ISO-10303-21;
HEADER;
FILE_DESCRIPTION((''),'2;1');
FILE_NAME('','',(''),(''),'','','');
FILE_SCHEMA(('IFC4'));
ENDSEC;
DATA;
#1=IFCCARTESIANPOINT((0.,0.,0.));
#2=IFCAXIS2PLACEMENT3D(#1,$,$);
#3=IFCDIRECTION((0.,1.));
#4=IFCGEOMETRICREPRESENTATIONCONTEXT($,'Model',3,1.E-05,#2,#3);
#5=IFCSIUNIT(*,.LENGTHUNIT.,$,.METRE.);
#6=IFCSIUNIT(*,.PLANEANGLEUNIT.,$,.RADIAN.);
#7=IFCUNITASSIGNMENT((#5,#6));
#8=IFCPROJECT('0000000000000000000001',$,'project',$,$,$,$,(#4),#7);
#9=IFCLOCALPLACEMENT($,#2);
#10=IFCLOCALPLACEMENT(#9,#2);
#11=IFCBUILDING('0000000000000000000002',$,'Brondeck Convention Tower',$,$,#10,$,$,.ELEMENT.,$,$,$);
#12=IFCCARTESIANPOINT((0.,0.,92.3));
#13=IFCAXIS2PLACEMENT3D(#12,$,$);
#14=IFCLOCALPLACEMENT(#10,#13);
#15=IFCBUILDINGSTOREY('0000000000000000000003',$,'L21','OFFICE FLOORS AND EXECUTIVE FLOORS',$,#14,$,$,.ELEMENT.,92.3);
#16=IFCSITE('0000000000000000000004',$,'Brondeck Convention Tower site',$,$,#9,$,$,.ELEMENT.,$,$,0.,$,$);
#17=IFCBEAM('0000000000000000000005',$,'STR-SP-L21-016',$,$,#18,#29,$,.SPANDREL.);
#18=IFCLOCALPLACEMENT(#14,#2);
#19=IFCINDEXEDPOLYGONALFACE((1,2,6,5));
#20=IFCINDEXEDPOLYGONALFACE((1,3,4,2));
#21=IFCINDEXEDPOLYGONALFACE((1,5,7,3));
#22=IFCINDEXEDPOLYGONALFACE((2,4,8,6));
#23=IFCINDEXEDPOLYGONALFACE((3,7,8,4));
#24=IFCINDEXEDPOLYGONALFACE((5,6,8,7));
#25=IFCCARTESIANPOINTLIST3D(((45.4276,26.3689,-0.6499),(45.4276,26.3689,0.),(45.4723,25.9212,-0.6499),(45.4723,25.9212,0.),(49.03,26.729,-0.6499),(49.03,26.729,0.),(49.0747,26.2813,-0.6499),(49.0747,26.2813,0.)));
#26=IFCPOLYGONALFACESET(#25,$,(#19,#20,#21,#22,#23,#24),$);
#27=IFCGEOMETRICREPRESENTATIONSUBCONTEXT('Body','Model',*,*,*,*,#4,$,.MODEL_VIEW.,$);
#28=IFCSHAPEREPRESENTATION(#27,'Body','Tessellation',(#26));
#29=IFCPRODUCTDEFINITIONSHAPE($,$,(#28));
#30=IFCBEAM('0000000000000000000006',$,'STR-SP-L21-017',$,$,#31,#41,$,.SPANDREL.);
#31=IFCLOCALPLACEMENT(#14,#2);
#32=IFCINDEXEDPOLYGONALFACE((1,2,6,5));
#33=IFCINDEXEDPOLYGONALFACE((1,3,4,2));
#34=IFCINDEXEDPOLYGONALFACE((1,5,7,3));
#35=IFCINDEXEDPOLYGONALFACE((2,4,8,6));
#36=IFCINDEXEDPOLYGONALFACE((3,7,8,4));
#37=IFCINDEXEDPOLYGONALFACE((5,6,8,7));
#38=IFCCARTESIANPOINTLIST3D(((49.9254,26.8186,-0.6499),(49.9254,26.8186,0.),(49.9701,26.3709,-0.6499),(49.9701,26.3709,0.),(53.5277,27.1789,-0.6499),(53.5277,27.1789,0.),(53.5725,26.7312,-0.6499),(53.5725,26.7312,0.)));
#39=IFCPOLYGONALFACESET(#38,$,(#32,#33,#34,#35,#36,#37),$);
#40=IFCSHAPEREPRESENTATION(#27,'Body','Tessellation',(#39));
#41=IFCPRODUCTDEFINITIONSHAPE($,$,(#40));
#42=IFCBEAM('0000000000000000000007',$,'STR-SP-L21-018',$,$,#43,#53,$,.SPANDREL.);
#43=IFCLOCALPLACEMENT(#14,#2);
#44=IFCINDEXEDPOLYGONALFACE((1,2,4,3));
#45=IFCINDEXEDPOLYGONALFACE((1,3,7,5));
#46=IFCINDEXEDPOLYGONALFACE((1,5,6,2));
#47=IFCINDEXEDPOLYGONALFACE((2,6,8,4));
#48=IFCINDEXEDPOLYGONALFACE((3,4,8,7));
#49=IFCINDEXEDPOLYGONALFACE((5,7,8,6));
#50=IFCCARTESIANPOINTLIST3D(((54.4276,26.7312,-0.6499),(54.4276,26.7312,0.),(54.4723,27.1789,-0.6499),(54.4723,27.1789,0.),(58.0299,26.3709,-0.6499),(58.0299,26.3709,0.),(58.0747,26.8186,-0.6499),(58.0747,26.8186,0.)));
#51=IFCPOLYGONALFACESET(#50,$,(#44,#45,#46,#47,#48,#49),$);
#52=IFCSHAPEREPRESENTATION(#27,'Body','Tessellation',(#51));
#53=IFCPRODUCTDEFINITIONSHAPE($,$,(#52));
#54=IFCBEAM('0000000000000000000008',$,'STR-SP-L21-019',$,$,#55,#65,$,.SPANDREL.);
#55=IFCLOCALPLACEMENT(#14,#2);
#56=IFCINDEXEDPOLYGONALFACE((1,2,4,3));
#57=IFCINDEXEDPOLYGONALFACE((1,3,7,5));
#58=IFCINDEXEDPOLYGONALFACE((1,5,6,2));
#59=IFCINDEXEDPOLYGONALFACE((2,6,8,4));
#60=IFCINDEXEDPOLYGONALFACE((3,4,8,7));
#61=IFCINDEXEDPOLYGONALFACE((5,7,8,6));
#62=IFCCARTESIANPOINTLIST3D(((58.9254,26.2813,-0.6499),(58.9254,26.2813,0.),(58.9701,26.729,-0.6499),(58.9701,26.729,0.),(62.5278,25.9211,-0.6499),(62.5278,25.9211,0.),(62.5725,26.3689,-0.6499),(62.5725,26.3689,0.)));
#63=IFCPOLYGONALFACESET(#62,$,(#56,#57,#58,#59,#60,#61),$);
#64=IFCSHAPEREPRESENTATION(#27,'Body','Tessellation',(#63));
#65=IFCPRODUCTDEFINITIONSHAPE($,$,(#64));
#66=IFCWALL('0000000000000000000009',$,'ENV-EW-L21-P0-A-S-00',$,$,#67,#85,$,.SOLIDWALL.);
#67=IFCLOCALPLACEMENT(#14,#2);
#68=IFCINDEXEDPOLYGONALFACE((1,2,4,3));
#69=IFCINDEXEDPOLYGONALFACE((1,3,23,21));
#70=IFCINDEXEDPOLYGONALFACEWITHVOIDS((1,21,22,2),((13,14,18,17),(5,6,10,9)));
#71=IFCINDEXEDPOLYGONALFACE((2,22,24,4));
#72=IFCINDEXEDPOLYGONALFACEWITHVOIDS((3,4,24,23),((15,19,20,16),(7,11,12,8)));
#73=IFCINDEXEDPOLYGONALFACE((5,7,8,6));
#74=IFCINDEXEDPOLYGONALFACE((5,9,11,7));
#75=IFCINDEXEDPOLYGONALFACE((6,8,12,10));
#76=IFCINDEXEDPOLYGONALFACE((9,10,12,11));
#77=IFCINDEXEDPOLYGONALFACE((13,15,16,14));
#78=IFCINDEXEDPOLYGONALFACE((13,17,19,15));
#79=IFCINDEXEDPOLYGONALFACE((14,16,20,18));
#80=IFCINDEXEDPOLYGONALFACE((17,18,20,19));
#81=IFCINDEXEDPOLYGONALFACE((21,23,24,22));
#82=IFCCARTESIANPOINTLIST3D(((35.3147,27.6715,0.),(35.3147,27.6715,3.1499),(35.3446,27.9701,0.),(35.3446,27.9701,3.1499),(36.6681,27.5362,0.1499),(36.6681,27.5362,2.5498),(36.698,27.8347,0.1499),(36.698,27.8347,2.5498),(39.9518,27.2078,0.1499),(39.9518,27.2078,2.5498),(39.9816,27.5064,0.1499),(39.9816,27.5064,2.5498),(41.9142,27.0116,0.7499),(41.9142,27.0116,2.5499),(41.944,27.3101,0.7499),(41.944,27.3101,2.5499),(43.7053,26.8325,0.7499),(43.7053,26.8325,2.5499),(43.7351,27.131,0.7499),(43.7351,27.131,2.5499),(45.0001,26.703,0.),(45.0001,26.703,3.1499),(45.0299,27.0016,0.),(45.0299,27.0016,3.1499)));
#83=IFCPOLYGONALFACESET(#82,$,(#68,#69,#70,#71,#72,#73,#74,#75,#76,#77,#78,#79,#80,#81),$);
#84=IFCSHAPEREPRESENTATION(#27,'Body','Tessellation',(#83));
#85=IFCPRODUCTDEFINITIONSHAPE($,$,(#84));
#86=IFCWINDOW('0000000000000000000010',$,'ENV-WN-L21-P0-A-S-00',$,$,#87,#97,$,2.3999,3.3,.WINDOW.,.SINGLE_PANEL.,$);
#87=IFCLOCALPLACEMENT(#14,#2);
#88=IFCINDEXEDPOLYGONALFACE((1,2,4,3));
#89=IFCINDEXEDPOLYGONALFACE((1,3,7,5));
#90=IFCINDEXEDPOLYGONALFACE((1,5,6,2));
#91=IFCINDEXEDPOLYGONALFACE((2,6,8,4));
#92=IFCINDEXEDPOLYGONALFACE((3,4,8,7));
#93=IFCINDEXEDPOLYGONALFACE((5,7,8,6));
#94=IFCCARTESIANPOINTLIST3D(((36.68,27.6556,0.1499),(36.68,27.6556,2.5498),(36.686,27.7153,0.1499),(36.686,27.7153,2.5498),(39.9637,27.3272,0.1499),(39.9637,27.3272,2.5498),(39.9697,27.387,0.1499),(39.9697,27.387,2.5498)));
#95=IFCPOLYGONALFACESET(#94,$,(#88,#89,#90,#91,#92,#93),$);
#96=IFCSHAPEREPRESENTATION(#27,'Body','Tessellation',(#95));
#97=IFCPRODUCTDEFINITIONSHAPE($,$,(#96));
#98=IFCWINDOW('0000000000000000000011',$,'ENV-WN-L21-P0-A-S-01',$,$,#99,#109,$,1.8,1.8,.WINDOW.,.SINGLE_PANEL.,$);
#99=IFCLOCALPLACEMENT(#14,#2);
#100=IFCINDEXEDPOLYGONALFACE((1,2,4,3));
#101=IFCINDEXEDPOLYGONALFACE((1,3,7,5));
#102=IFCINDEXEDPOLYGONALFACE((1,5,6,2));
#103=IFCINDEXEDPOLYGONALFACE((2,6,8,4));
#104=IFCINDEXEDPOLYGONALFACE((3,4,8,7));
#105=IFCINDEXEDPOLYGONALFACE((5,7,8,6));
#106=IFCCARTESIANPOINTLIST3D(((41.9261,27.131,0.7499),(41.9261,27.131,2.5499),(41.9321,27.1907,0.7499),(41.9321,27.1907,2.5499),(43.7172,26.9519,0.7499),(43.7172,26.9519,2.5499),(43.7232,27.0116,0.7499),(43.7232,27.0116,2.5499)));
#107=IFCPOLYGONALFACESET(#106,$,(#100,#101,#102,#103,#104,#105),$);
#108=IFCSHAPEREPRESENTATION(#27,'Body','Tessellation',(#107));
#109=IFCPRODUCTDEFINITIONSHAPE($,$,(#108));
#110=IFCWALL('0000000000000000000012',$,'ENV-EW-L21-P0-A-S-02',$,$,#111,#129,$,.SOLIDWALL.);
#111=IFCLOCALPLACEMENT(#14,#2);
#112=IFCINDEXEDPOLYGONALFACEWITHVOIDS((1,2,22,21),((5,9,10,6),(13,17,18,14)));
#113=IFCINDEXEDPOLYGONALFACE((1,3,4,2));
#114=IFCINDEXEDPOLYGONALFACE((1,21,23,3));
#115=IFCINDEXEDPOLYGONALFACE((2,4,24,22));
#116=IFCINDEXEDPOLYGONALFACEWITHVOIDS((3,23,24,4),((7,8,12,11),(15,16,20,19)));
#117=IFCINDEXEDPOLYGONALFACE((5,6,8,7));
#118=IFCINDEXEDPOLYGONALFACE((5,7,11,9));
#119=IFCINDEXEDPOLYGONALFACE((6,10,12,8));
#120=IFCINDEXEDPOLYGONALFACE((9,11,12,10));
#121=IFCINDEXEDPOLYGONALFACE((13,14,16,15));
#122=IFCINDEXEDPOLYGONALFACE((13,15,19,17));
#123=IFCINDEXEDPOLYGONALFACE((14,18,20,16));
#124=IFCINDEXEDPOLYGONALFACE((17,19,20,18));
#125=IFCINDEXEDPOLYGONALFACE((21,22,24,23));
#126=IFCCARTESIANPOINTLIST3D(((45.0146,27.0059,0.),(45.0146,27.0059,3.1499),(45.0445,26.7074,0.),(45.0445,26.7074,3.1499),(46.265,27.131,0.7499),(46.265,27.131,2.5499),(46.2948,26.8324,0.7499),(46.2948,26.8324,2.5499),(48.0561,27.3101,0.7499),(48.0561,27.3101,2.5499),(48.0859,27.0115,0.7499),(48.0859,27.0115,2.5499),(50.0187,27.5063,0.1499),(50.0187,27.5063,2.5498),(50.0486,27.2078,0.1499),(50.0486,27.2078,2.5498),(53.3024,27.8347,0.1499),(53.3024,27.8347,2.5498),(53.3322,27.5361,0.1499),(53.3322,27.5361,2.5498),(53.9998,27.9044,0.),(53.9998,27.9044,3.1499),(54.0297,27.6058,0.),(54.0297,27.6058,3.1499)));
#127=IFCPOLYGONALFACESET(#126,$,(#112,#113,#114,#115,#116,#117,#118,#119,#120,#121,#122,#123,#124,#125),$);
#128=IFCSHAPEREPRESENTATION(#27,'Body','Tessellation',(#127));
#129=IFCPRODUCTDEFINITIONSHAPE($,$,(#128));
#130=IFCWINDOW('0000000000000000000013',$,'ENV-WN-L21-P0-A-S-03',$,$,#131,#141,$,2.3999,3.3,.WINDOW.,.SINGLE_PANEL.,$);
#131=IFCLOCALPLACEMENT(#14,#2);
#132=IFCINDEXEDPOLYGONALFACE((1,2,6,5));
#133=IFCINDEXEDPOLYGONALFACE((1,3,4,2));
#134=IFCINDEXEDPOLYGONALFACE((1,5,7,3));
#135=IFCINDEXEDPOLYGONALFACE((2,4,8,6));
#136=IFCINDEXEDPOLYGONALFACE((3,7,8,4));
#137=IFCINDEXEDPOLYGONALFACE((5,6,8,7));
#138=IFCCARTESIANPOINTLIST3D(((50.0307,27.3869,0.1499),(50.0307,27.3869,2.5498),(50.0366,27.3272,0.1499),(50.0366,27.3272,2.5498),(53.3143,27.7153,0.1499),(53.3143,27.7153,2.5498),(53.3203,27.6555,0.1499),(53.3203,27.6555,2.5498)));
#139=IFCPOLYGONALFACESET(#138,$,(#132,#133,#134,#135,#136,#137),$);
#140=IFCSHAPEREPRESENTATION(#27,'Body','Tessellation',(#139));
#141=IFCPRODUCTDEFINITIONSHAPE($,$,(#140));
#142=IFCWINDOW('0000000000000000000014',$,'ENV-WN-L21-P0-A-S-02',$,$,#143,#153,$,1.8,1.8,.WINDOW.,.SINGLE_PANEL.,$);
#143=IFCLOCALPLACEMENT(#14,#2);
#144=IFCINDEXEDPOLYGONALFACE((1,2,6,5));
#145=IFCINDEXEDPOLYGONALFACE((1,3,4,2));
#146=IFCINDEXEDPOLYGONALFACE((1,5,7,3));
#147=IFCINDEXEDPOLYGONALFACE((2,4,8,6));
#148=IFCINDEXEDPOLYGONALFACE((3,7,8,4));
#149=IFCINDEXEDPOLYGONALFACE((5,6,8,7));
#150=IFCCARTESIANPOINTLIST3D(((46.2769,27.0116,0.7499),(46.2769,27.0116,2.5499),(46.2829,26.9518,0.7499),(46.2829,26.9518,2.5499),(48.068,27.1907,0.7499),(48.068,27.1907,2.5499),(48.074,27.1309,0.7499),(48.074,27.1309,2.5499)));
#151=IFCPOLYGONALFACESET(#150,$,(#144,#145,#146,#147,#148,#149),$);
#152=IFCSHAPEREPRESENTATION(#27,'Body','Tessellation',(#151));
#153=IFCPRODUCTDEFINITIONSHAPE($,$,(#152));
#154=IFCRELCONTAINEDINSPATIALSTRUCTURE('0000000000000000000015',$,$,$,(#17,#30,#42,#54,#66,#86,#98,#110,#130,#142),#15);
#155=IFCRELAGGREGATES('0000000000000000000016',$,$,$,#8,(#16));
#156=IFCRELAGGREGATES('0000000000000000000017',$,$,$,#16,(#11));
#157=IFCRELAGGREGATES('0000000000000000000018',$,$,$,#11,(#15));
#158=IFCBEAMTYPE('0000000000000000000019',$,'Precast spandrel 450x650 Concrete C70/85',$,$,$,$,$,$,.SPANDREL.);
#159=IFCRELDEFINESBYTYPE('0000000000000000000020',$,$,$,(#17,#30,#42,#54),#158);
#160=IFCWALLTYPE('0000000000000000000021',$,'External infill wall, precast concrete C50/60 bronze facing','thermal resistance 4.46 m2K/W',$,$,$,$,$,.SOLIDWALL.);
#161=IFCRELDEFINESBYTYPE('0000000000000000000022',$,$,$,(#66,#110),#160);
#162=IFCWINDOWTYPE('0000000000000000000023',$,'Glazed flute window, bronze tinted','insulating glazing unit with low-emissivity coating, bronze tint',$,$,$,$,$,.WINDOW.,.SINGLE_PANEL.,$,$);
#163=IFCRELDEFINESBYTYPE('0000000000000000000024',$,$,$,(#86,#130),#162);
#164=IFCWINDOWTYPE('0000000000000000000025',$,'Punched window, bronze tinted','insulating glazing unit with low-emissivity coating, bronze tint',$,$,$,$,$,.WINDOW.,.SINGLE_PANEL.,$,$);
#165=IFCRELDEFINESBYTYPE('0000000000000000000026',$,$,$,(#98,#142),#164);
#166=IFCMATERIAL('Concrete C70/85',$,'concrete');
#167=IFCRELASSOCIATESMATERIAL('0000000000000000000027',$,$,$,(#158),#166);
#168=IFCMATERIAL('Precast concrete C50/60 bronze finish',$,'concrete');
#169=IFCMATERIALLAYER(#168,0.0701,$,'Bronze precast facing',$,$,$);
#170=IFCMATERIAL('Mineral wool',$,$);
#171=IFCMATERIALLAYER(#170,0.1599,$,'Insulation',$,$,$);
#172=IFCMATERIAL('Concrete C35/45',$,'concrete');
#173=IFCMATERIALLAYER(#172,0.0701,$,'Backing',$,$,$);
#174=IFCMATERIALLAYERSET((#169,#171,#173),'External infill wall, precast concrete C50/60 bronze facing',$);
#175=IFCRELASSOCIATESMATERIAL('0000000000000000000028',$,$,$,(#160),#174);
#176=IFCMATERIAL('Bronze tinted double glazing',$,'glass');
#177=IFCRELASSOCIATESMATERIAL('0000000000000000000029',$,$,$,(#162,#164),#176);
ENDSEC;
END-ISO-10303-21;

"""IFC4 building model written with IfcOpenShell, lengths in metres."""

from ifc_helpers import new_model, si_unit, direction, frame, frame_2d, origin, origin_2d, place, context, subcontext, project, spatial, rectangle, extrude, material, layer, layer_set, material_profile, profile_set, type_object, element, fill, save


model = new_model("IFC4")

# Units and contexts
model_context = context("Model", 3, precision=1e-05, world=origin(), true_north=direction((0.0, 1.0)))
body_context = subcontext(model_context, "Body", "Model", "MODEL_VIEW")
ifc_project = project(units=[si_unit("LENGTHUNIT", "METRE"), si_unit("PLANEANGLEUNIT", "RADIAN")], contexts=[model_context])

# Site, building, storey
site_placement = place(None, origin())
site = spatial("IfcSite", under=ifc_project, at=site_placement, Name="Brondeck Convention Tower site", CompositionType="ELEMENT", RefElevation=0.0)
building_placement = place(site_placement, origin())
building = spatial("IfcBuilding", under=site, at=building_placement, Name="Brondeck Convention Tower", CompositionType="ELEMENT")
storey_placement = place(building_placement, frame((0.0, 0.0, 92.3)))
storey = spatial("IfcBuildingStorey", under=building, at=storey_placement, Name="L21", Description="OFFICE FLOORS AND EXECUTIVE FLOORS", CompositionType="ELEMENT", Elevation=92.3)

# Shared definitions
ifc_material_1 = material(Name="Concrete C70/85", Category="concrete")

# Beams
ifc_material_profile_1 = material_profile(ifc_material_1, rectangle(XDim=0.45, YDim=0.6499, at=origin_2d()), Name="Precast spandrel 450x650 Concrete C70/85")
ifc_profile_set_1 = profile_set([ifc_material_profile_1], Name="Concrete C70/85")
beam_type_1 = type_object("IfcBeamType", Name="Precast spandrel 450x650 Concrete C70/85", PredefinedType="SPANDREL", material=ifc_profile_set_1)
for number, where, z_axis, x_axis, name in (
    (1, (45.45, 26.145, -0.325), (0.995041, 0.09947, 0.0), (-0.09947, 0.995041, 0.0), "STR-SP-L21-016"),
    (2, (49.9478, 26.5947, -0.325), (0.995034, 0.099537, 0.0), (-0.099537, 0.995034, 0.0), "STR-SP-L21-017"),
    (3, (54.45, 26.9551, -0.325), (0.995034, -0.099537, 0.0), (0.099537, 0.995034, 0.0), "STR-SP-L21-018"),
    (4, (58.9478, 26.5051, -0.325), (0.995041, -0.09947, 0.0), (0.09947, 0.995041, 0.0), "STR-SP-L21-019"),
):
    element("IfcBeam", number, at=place(storey_placement, frame(where, z_axis=z_axis, x_axis=x_axis)), inside=storey, type_object=beam_type_1, Name=name, PredefinedType="SPANDREL", context=body_context, shape_type="SweptSolid", body=[
        extrude(rectangle(XDim=0.45, YDim=0.6499, at=origin_2d()), origin(), (0.0, 0.0, 1.0), 3.6204),
    ])

# Walls, openings, windows
ifc_material_2 = material(Name="Precast concrete C50/60 bronze finish", Category="concrete")
ifc_layer_1 = layer(ifc_material_2, 0.0701, Name="Bronze precast facing")
ifc_material_3 = material(Name="Mineral wool")
ifc_layer_2 = layer(ifc_material_3, 0.1599, Name="Insulation")
ifc_material_4 = material(Name="Concrete C35/45", Category="concrete")
ifc_layer_3 = layer(ifc_material_4, 0.0701, Name="Backing")
ifc_layer_set_1 = layer_set([ifc_layer_1, ifc_layer_2, ifc_layer_3], Name="External infill wall, precast concrete C50/60 bronze facing")
wall_type_1 = type_object("IfcWallType", Name="External infill wall, precast concrete C50/60 bronze facing", Description="thermal resistance 4.46 m2K/W", PredefinedType="SOLIDWALL", material=ifc_layer_set_1)
wall_1_placement = place(storey_placement, frame((45.0149, 26.8523, 0.0), z_axis=(0.0, 0.0, 1.0), x_axis=(-0.995037, 0.099501, 0.0)))
wall_1 = element("IfcWall", 5, at=wall_1_placement, inside=storey, type_object=wall_type_1, Name="ENV-EW-L21-P0-A-S-00", PredefinedType="SOLIDWALL", context=body_context, shape_type="SweptSolid", body=[
    extrude(rectangle(XDim=9.7336, YDim=0.3, at=frame_2d((4.8667, 0.0))), origin(), (0.0, 0.0, 1.0), 3.1499),
])
opening_1_placement = place(wall_1_placement, frame((1.3013, 0.0, 0.75)))
opening_1 = element("IfcOpeningElement", 6, at=opening_1_placement, cuts=wall_1, PredefinedType="OPENING", context=body_context, shape_type="SweptSolid", body=[
    extrude(rectangle(XDim=1.8, YDim=1.8, at=frame_2d((0.8999, 0.8999))), frame((0.0, 0.1599, 0.0), z_axis=(0.0, -1.0, 0.0), x_axis=(1.0, 0.0, 0.0)), (0.0, 0.0, 1.0), 0.3201),
])
opening_2_placement = place(wall_1_placement, frame((5.0735, 0.0, 0.1499)))
opening_2 = element("IfcOpeningElement", 7, at=opening_2_placement, cuts=wall_1, PredefinedType="OPENING", context=body_context, shape_type="SweptSolid", body=[
    extrude(rectangle(XDim=3.3, YDim=2.3999, at=frame_2d((1.6499, 1.2))), frame((0.0, 0.1599, 0.0), z_axis=(0.0, -1.0, 0.0), x_axis=(1.0, 0.0, 0.0)), (0.0, 0.0, 1.0), 0.3201),
])
ifc_material_5 = material(Name="Bronze tinted double glazing", Category="glass")
window_type_1 = type_object("IfcWindowType", Name="Glazed flute window, bronze tinted", Description="insulating glazing unit with low-emissivity coating, bronze tint", PartitioningType="SINGLE_PANEL", PredefinedType="WINDOW", material=ifc_material_5)
window_1_placement = place(opening_2_placement, origin())
window_1 = element("IfcWindow", 8, at=window_1_placement, inside=storey, type_object=window_type_1, Name="ENV-WN-L21-P0-A-S-00", OverallHeight=2.3999, OverallWidth=3.3, PartitioningType="SINGLE_PANEL", PredefinedType="WINDOW", context=body_context, shape_type="SweptSolid", body=[
    extrude(rectangle(XDim=3.3, YDim=2.3999, at=frame_2d((1.6499, 1.2))), frame((0.0, 0.03, 0.0), z_axis=(0.0, -1.0, 0.0), x_axis=(1.0, 0.0, 0.0)), (0.0, 0.0, 1.0), 0.0601),
])
fill(opening_2, window_1)
window_type_2 = type_object("IfcWindowType", Name="Punched window, bronze tinted", Description="insulating glazing unit with low-emissivity coating, bronze tint", PartitioningType="SINGLE_PANEL", PredefinedType="WINDOW", material=ifc_material_5)
window_2_placement = place(opening_1_placement, origin())
window_2 = element("IfcWindow", 9, at=window_2_placement, inside=storey, type_object=window_type_2, Name="ENV-WN-L21-P0-A-S-01", OverallHeight=1.8, OverallWidth=1.8, PartitioningType="SINGLE_PANEL", PredefinedType="WINDOW", context=body_context, shape_type="SweptSolid", body=[
    extrude(rectangle(XDim=1.8, YDim=1.8, at=frame_2d((0.8999, 0.8999))), frame((0.0, 0.03, 0.0), z_axis=(0.0, -1.0, 0.0), x_axis=(1.0, 0.0, 0.0)), (0.0, 0.0, 1.0), 0.0601),
])
fill(opening_1, window_2)
wall_2_placement = place(storey_placement, frame((54.0149, 27.7551, 0.0), z_axis=(0.0, 0.0, 1.0), x_axis=(-0.995038, -0.099496, 0.0)))
wall_2 = element("IfcWall", 10, at=wall_2_placement, inside=storey, type_object=wall_type_1, Name="ENV-EW-L21-P0-A-S-02", PredefinedType="SOLIDWALL", context=body_context, shape_type="SweptSolid", body=[
    extrude(rectangle(XDim=9.03, YDim=0.3, at=frame_2d((4.5151, 0.0))), origin(), (0.0, 0.0, 1.0), 3.1499),
])
opening_3_placement = place(wall_2_placement, frame((0.7012, 0.0, 0.1499)))
opening_3 = element("IfcOpeningElement", 11, at=opening_3_placement, cuts=wall_2, PredefinedType="OPENING", context=body_context, shape_type="SweptSolid", body=[
    extrude(rectangle(XDim=3.3, YDim=2.3999, at=frame_2d((1.6499, 1.2))), frame((0.0, 0.1599, 0.0), z_axis=(0.0, -1.0, 0.0), x_axis=(1.0, 0.0, 0.0)), (0.0, 0.0, 1.0), 0.3201),
])
opening_4_placement = place(wall_2_placement, frame((5.9736, 0.0, 0.75)))
opening_4 = element("IfcOpeningElement", 12, at=opening_4_placement, cuts=wall_2, PredefinedType="OPENING", context=body_context, shape_type="SweptSolid", body=[
    extrude(rectangle(XDim=1.8, YDim=1.8, at=frame_2d((0.8999, 0.8999))), frame((0.0, 0.1599, 0.0), z_axis=(0.0, -1.0, 0.0), x_axis=(1.0, 0.0, 0.0)), (0.0, 0.0, 1.0), 0.3201),
])
window_3_placement = place(opening_3_placement, origin())
window_3 = element("IfcWindow", 13, at=window_3_placement, inside=storey, type_object=window_type_1, Name="ENV-WN-L21-P0-A-S-03", OverallHeight=2.3999, OverallWidth=3.3, PartitioningType="SINGLE_PANEL", PredefinedType="WINDOW", context=body_context, shape_type="SweptSolid", body=[
    extrude(rectangle(XDim=3.3, YDim=2.3999, at=frame_2d((1.6499, 1.2))), frame((0.0, 0.03, 0.0), z_axis=(0.0, -1.0, 0.0), x_axis=(1.0, 0.0, 0.0)), (0.0, 0.0, 1.0), 0.0601),
])
fill(opening_3, window_3)
window_4_placement = place(opening_4_placement, origin())
window_4 = element("IfcWindow", 14, at=window_4_placement, inside=storey, type_object=window_type_2, Name="ENV-WN-L21-P0-A-S-02", OverallHeight=1.8, OverallWidth=1.8, PartitioningType="SINGLE_PANEL", PredefinedType="WINDOW", context=body_context, shape_type="SweptSolid", body=[
    extrude(rectangle(XDim=1.8, YDim=1.8, at=frame_2d((0.8999, 0.8999))), frame((0.0, 0.03, 0.0), z_axis=(0.0, -1.0, 0.0), x_axis=(1.0, 0.0, 0.0)), (0.0, 0.0, 1.0), 0.0601),
])
fill(opening_4, window_4)

save(model, "model.ifc")
